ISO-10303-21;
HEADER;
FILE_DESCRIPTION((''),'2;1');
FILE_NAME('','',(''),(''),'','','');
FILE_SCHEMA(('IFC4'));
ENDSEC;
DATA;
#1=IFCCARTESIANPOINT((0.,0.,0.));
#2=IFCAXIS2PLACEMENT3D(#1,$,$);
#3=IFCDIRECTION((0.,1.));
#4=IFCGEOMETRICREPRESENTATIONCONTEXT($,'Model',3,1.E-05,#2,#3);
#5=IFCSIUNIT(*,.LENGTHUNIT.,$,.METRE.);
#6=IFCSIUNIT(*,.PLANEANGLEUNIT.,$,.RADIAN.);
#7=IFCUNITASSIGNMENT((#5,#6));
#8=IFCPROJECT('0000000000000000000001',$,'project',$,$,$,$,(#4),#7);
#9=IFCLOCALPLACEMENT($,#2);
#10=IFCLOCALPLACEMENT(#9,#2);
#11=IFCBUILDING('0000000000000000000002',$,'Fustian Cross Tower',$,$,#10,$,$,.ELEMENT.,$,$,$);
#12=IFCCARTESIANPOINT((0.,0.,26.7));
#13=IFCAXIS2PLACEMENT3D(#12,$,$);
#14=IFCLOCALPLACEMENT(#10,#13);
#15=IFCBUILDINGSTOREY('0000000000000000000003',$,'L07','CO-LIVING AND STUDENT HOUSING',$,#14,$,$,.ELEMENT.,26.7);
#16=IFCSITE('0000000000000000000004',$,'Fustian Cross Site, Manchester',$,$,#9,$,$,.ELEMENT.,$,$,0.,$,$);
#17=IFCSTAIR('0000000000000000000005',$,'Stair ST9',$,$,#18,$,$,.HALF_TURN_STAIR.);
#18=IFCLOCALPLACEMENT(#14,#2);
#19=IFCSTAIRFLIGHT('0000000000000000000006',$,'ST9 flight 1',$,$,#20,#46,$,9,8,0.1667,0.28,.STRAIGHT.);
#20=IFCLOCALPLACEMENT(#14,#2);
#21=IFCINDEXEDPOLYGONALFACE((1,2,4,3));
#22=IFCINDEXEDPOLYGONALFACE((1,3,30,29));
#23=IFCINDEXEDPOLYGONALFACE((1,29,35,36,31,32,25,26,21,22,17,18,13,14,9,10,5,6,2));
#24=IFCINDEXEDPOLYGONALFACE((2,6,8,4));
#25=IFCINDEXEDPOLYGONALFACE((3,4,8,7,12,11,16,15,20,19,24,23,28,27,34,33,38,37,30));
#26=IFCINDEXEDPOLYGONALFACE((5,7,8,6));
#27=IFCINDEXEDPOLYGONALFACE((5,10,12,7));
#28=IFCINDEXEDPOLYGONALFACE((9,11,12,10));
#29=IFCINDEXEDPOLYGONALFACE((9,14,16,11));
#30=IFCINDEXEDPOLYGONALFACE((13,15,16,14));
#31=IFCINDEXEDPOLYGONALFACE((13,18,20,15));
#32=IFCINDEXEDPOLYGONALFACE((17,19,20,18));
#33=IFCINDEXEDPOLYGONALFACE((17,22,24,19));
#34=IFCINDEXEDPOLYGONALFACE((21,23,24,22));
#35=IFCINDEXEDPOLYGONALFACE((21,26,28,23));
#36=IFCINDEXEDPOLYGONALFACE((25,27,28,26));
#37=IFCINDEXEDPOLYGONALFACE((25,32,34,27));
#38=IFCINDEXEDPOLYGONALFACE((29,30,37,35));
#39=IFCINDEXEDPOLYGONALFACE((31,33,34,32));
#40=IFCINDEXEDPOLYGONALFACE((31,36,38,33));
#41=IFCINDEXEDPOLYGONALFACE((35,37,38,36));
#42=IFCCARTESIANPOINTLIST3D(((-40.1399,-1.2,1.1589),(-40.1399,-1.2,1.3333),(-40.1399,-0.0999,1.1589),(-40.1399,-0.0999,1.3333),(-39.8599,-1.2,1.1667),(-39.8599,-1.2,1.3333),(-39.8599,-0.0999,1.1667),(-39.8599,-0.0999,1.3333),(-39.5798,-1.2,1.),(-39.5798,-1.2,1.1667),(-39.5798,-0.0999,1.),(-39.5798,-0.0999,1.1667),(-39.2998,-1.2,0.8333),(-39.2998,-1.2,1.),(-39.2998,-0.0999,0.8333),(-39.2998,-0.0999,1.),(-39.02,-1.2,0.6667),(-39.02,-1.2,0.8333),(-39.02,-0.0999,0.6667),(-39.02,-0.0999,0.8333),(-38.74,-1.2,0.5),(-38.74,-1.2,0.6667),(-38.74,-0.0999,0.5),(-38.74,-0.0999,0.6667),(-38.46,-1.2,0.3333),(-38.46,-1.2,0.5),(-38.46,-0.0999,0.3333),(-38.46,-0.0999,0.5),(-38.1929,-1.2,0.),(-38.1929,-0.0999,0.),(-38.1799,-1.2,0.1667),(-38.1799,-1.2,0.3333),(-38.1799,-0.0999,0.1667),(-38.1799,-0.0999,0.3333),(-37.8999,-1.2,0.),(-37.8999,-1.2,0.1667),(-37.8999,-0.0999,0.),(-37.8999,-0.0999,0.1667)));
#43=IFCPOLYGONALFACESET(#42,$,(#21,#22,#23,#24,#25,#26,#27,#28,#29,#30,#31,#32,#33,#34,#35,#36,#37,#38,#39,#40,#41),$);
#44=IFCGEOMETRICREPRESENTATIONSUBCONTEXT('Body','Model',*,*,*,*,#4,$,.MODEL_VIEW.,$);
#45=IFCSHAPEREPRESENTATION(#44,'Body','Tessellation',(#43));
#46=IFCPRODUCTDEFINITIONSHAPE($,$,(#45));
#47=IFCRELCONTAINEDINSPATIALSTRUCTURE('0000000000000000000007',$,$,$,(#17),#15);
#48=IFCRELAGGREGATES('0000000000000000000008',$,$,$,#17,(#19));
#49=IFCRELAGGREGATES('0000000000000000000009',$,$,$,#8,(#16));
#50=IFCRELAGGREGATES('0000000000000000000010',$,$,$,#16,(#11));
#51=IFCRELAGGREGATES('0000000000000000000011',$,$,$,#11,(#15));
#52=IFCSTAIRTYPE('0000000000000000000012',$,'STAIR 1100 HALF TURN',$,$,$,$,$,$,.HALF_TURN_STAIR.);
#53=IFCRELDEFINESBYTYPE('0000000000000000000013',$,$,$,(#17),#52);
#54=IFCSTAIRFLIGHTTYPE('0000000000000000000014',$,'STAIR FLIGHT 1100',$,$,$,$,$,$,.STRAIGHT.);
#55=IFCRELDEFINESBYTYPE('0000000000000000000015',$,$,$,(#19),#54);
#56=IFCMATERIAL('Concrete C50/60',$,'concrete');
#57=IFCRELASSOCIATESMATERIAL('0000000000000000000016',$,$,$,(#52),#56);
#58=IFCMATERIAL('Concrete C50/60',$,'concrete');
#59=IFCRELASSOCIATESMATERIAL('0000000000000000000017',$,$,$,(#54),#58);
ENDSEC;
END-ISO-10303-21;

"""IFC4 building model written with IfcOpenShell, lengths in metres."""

from ifc_helpers import new_model, si_unit, direction, frame, origin, place, context, subcontext, project, spatial, polyline, outline, extrude, material, type_object, element, aggregate, save


model = new_model("IFC4")

# Units and contexts
model_context = context("Model", 3, precision=1e-05, world=origin(), true_north=direction((0.0, 1.0)))
body_context = subcontext(model_context, "Body", "Model", "MODEL_VIEW")
ifc_project = project(units=[si_unit("LENGTHUNIT", "METRE"), si_unit("PLANEANGLEUNIT", "RADIAN")], contexts=[model_context])

# Site, building, storey
site_placement = place(None, origin())
site = spatial("IfcSite", under=ifc_project, at=site_placement, Name="Fustian Cross Site, Manchester", CompositionType="ELEMENT", RefElevation=0.0)
building_placement = place(site_placement, origin())
building = spatial("IfcBuilding", under=site, at=building_placement, Name="Fustian Cross Tower", CompositionType="ELEMENT")
storey_placement = place(building_placement, frame((0.0, 0.0, 26.7)))
storey = spatial("IfcBuildingStorey", under=building, at=storey_placement, Name="L07", Description="CO-LIVING AND STUDENT HOUSING", CompositionType="ELEMENT", Elevation=26.7)

# Stair, stair flight
ifc_material_1 = material(Name="Concrete C50/60", Category="concrete")
stair_type = type_object("IfcStairType", Name="STAIR 1100 HALF TURN", PredefinedType="HALF_TURN_STAIR", material=ifc_material_1)
stair_placement = place(storey_placement, origin())
stair = element("IfcStair", 1, at=stair_placement, inside=storey, type_object=stair_type, Name="Stair ST9", PredefinedType="HALF_TURN_STAIR")
ifc_material_2 = material(Name="Concrete C50/60", Category="concrete")
stair_flight_type = type_object("IfcStairFlightType", Name="STAIR FLIGHT 1100", PredefinedType="STRAIGHT", material=ifc_material_2)
stair_flight_placement = place(storey_placement, frame((-37.8999, -0.6499, 0.0), z_axis=(0.0, 0.0, 1.0), x_axis=(-1.0, 0.0, 0.0)))
stair_flight = element("IfcStairFlight", 2, at=stair_flight_placement, type_object=stair_flight_type, Name="ST9 flight 1", NumberOfRisers=9, NumberOfTreads=8, PredefinedType="STRAIGHT", RiserHeight=0.1667, TreadLength=0.28, context=body_context, shape_type="SweptSolid", body=[
    extrude(outline(polyline([(0.0, 0.0), (0.0, 0.1667), (0.28, 0.1667), (0.28, 0.3333), (0.5601, 0.3333), (0.5601, 0.5), (0.8401, 0.5), (0.8401, 0.6667), (1.1201, 0.6667), (1.1201, 0.8333), (1.3999, 0.8333), (1.3999, 1.0), (1.6799, 1.0), (1.6799, 1.1667), (1.96, 1.1667), (1.96, 1.3333), (2.24, 1.3333), (2.24, 1.5), (2.24, 1.1589), (0.293, 0.0), (0.0, 0.0)])), frame((0.0, 0.55, 0.0), z_axis=(0.0, -1.0, 0.0), x_axis=(1.0, 0.0, 0.0)), (0.0, 0.0, 1.0), 1.1001),
])
aggregate(stair, [stair_flight])

save(model, "model.ifc")
